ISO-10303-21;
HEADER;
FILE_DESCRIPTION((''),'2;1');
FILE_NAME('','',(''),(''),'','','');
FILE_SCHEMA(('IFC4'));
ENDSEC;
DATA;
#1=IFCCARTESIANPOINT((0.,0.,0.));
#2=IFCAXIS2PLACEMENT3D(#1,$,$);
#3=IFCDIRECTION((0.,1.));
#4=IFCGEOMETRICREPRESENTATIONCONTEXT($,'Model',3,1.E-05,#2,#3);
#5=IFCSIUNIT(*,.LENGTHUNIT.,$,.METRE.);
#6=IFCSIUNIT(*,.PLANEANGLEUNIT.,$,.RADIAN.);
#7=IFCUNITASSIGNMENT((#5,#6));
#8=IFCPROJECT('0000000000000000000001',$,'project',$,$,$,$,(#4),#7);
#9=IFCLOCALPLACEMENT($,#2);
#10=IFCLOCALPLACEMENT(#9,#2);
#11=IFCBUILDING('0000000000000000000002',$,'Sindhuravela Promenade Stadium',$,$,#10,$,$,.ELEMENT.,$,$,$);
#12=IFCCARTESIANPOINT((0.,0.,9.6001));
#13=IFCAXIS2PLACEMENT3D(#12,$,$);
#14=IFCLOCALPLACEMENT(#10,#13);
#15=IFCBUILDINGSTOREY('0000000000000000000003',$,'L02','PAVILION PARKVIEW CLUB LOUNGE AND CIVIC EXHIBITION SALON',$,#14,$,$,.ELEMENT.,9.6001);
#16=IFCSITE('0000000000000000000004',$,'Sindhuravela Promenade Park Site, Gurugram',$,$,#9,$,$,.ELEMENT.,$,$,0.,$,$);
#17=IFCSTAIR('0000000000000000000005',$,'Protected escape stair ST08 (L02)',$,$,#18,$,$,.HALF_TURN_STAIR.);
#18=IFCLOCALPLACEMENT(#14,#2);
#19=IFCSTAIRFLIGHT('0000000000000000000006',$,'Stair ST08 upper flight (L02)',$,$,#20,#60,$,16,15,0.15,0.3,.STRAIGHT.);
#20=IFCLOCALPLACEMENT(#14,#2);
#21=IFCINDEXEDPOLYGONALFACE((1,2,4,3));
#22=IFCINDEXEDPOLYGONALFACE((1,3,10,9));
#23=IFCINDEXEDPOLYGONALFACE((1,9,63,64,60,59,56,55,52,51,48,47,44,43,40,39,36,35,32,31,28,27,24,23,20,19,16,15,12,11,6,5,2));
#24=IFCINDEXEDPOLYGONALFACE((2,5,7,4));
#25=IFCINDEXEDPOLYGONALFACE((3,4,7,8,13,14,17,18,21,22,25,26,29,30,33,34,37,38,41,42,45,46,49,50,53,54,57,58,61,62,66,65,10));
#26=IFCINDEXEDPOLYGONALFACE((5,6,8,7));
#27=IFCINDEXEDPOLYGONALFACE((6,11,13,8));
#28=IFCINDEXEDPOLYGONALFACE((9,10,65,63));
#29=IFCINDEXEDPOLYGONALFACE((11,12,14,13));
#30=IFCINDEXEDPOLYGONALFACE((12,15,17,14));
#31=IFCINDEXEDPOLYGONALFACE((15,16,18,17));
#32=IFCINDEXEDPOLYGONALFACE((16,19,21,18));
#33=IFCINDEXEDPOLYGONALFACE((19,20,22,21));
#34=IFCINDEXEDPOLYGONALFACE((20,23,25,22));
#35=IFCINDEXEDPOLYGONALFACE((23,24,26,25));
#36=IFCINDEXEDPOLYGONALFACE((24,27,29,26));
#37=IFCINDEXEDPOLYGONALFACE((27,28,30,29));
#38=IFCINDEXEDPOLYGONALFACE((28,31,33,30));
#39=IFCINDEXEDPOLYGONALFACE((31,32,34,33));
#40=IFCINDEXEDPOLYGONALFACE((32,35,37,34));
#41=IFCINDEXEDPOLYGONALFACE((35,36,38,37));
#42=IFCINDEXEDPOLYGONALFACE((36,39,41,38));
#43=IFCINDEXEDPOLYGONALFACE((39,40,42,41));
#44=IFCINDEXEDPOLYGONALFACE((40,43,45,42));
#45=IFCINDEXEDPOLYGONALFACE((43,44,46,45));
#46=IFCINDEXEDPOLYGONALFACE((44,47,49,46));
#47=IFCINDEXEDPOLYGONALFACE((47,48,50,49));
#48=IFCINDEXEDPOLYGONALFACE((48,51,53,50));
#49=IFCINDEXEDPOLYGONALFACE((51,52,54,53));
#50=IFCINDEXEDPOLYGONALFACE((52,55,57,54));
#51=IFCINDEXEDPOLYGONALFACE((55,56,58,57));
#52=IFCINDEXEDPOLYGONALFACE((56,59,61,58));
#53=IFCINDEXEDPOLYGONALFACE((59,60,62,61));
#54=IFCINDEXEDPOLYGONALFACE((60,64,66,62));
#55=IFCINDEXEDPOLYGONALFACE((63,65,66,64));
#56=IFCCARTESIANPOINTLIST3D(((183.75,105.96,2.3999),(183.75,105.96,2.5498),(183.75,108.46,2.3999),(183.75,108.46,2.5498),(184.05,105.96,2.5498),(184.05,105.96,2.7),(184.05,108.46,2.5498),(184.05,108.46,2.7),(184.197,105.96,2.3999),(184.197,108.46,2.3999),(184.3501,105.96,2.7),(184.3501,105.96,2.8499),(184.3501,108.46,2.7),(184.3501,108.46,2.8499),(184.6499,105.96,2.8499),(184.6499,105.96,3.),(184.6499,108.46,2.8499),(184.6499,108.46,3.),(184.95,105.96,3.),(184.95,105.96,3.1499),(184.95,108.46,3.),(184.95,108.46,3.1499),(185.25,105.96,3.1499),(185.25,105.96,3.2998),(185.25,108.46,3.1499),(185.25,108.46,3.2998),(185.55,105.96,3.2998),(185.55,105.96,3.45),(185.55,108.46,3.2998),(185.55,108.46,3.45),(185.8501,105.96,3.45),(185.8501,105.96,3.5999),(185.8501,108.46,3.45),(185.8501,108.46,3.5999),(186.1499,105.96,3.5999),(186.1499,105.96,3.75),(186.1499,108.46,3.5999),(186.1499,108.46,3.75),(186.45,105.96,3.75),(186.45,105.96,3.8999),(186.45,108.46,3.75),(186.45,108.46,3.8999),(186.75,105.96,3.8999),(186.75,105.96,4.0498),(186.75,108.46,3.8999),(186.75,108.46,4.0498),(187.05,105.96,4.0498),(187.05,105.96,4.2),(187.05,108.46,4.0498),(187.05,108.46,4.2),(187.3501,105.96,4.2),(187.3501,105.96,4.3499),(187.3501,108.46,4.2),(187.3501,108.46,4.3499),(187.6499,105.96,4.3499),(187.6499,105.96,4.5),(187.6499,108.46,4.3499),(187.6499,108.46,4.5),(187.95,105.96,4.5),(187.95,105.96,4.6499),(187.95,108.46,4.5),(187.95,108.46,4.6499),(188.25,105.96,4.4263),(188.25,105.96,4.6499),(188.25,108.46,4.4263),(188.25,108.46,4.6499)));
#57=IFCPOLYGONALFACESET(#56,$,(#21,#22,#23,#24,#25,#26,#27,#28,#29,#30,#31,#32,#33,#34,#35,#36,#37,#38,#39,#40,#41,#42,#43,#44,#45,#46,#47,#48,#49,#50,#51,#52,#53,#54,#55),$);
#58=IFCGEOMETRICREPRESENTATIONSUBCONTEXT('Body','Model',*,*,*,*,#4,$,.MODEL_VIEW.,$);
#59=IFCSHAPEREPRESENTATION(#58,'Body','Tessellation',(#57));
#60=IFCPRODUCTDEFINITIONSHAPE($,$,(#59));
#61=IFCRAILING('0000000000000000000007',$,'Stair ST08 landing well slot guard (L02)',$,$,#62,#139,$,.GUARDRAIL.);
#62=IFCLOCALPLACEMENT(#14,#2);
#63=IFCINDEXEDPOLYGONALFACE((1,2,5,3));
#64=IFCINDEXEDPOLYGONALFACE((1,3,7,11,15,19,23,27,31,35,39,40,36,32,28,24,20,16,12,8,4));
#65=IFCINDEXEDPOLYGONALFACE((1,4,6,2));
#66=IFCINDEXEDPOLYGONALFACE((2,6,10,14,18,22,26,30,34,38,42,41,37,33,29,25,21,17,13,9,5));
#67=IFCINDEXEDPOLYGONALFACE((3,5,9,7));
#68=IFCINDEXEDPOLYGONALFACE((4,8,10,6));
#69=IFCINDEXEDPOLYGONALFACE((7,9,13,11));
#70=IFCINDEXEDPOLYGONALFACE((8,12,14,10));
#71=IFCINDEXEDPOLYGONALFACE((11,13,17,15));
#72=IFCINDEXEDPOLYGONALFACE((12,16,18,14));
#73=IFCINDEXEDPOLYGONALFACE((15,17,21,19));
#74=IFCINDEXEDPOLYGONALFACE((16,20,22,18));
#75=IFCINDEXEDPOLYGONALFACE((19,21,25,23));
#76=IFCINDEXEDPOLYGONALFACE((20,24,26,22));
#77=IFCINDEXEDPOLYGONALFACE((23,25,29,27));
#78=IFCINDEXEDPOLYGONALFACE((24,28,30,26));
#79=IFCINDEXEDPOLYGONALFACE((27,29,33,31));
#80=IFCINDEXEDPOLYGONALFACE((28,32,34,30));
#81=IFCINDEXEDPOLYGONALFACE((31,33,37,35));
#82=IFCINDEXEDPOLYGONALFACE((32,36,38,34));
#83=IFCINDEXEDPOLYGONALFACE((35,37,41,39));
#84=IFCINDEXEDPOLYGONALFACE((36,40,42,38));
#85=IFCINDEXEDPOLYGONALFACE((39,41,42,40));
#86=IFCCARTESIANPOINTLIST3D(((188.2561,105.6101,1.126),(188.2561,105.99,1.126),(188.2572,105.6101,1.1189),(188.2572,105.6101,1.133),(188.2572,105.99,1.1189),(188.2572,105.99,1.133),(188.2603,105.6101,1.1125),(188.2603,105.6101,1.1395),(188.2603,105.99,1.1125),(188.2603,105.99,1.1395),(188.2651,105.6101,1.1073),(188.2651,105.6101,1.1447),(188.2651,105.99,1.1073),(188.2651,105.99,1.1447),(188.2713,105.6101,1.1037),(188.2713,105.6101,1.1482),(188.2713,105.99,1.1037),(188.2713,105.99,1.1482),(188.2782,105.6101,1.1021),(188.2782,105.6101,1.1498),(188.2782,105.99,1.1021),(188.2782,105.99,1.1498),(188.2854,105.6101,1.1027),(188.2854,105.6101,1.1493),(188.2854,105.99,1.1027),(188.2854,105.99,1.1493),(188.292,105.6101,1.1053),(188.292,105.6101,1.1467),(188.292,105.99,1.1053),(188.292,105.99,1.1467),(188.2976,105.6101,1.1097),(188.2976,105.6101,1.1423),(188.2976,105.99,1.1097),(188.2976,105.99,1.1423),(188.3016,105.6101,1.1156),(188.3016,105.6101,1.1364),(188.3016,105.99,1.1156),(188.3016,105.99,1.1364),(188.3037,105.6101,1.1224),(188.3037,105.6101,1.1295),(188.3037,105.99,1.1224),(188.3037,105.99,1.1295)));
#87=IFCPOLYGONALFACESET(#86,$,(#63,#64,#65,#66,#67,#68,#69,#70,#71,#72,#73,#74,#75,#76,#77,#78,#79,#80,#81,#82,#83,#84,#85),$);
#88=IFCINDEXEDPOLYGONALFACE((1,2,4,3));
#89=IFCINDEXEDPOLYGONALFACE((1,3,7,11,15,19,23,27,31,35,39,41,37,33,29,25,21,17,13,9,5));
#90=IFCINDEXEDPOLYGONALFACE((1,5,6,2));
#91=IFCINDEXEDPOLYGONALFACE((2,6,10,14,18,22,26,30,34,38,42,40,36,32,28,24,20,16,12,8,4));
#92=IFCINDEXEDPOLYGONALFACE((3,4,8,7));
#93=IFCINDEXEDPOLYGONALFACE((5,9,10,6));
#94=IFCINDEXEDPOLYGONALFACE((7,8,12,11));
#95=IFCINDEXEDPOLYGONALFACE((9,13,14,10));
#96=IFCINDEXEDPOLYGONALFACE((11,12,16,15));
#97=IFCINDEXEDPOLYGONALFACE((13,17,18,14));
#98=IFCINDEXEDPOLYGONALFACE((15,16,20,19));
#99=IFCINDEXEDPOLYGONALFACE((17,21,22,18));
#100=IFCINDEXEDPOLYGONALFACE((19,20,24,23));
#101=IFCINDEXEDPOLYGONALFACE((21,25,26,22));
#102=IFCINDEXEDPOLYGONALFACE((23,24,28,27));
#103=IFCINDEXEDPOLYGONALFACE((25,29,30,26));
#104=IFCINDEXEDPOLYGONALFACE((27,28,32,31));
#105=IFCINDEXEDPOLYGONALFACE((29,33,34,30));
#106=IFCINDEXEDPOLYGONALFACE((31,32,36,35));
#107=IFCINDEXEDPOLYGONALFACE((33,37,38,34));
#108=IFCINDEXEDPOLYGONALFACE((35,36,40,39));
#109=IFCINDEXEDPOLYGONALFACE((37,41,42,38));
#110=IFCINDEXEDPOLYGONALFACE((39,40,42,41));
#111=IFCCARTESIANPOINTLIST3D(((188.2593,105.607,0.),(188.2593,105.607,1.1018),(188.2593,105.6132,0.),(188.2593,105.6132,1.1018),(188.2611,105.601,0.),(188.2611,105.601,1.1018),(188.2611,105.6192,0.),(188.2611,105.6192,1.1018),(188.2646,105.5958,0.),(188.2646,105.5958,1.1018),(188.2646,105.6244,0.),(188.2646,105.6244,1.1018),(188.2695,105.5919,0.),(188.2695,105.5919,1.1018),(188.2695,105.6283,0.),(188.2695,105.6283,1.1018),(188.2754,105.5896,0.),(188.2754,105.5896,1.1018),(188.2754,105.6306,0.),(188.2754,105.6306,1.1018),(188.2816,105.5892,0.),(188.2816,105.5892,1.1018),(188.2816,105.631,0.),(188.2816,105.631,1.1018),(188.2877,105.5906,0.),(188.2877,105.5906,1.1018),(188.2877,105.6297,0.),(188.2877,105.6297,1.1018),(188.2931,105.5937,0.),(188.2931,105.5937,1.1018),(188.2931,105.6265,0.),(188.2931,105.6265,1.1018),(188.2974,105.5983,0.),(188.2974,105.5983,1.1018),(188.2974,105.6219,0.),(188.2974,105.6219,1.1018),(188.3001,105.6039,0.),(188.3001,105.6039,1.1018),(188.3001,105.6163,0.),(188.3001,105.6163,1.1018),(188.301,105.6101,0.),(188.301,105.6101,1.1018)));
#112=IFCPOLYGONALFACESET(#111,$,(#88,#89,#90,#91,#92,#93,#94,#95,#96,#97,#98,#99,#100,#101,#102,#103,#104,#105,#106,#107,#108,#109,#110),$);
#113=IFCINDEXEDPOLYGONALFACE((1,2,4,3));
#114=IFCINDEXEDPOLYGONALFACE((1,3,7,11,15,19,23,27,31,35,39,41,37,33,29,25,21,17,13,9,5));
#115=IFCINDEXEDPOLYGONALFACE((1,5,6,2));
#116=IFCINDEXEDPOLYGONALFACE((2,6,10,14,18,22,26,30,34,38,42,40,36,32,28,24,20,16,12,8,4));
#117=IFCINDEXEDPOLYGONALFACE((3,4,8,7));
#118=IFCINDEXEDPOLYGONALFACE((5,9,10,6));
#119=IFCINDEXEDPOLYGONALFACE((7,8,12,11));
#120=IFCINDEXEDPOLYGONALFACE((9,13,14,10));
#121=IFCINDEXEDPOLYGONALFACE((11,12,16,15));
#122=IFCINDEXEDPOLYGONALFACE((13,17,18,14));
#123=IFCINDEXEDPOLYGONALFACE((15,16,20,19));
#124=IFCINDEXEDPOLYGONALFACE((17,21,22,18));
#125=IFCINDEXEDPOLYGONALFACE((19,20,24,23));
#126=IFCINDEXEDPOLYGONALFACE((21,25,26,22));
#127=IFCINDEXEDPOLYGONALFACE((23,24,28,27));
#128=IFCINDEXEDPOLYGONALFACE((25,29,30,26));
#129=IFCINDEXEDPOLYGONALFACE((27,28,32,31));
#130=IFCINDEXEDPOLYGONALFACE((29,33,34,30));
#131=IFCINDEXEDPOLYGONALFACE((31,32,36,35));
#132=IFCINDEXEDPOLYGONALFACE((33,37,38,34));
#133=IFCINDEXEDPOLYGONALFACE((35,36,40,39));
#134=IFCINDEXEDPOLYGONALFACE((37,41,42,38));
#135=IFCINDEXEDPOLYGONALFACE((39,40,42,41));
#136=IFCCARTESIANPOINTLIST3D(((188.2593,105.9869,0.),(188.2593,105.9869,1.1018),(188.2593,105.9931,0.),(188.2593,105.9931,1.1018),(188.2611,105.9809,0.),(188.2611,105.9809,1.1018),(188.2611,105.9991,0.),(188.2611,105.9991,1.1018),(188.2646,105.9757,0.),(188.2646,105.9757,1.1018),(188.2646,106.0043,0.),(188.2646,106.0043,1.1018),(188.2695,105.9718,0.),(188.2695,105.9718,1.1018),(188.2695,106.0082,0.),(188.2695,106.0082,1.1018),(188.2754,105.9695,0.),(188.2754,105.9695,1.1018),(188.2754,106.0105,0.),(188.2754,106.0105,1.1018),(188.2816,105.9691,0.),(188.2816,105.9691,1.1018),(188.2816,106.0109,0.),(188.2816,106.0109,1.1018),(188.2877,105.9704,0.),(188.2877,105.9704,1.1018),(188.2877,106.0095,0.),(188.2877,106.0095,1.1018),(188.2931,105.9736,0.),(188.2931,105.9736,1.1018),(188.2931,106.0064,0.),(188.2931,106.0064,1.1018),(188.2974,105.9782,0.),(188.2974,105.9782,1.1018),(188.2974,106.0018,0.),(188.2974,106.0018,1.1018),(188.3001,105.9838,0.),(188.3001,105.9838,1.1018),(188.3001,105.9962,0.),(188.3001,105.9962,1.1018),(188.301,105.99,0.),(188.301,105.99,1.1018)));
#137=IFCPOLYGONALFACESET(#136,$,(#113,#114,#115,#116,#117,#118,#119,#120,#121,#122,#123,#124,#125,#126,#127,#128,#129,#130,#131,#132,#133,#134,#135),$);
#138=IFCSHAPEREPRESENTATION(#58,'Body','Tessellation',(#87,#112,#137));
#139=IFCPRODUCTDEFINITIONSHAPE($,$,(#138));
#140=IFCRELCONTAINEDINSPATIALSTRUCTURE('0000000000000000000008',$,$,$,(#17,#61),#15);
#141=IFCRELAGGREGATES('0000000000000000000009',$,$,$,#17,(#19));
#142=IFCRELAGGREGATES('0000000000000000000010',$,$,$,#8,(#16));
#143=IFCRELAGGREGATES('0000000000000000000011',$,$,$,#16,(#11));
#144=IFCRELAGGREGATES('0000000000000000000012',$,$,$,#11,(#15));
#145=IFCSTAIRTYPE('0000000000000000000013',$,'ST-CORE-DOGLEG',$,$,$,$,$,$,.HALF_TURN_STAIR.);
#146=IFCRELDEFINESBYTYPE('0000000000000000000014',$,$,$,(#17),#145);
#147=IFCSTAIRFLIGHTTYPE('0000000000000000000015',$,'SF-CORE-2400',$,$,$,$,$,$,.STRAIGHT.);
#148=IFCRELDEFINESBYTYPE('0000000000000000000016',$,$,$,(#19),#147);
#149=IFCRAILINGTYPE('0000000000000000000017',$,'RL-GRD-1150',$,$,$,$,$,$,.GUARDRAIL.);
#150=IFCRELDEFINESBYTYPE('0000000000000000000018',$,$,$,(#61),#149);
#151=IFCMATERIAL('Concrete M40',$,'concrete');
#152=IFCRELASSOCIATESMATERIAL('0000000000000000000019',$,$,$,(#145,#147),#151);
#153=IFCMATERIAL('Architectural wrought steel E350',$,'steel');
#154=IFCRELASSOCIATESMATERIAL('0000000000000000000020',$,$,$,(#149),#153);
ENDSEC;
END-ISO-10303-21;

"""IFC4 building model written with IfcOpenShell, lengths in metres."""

from ifc_helpers import new_model, si_unit, direction, frame, origin, origin_2d, place, context, subcontext, project, spatial, polyline, circle, outline, extrude, material, type_object, element, aggregate, save


model = new_model("IFC4")

# Units and contexts
model_context = context("Model", 3, precision=1e-05, world=origin(), true_north=direction((0.0, 1.0)))
body_context = subcontext(model_context, "Body", "Model", "MODEL_VIEW")
ifc_project = project(units=[si_unit("LENGTHUNIT", "METRE"), si_unit("PLANEANGLEUNIT", "RADIAN")], contexts=[model_context])

# Site, building, storey
site_placement = place(None, origin())
site = spatial("IfcSite", under=ifc_project, at=site_placement, Name="Sindhuravela Promenade Park Site, Gurugram", CompositionType="ELEMENT", RefElevation=0.0)
building_placement = place(site_placement, origin())
building = spatial("IfcBuilding", under=site, at=building_placement, Name="Sindhuravela Promenade Stadium", CompositionType="ELEMENT")
storey_placement = place(building_placement, frame((0.0, 0.0, 9.6001)))
storey = spatial("IfcBuildingStorey", under=building, at=storey_placement, Name="L02", Description="PAVILION PARKVIEW CLUB LOUNGE AND CIVIC EXHIBITION SALON", CompositionType="ELEMENT", Elevation=9.6001)

# Shared definitions
ifc_material_1 = material(Name="Concrete M40", Category="concrete")

# Shared definitions
ifc_material_2 = material(Name="Architectural wrought steel E350", Category="steel")

# Stair, stair flight
stair_type = type_object("IfcStairType", Name="ST-CORE-DOGLEG", PredefinedType="HALF_TURN_STAIR", material=ifc_material_1)
stair_placement = place(storey_placement, origin())
stair = element("IfcStair", 1, at=stair_placement, inside=storey, type_object=stair_type, Name="Protected escape stair ST08 (L02)", PredefinedType="HALF_TURN_STAIR")
stair_flight_type = type_object("IfcStairFlightType", Name="SF-CORE-2400", PredefinedType="STRAIGHT", material=ifc_material_1)
stair_flight_1_placement = place(storey_placement, frame((183.75, 107.21, 2.3999), z_axis=(0.0, 0.0, 1.0), x_axis=(1.0, 0.0, 0.0)))
stair_flight_1 = element("IfcStairFlight", 2, at=stair_flight_1_placement, type_object=stair_flight_type, Name="Stair ST08 upper flight (L02)", NumberOfRisers=16, NumberOfTreads=15, PredefinedType="STRAIGHT", RiserHeight=0.15, TreadLength=0.3, context=body_context, shape_type="SweptSolid", body=[
    extrude(outline(polyline([(0.0, 0.0), (0.0, 0.1499), (0.3, 0.1499), (0.3, 0.3), (0.6001, 0.3), (0.6001, 0.45), (0.8999, 0.45), (0.8999, 0.6001), (1.2, 0.6001), (1.2, 0.75), (1.5, 0.75), (1.5, 0.8999), (1.8, 0.8999), (1.8, 1.05), (2.1001, 1.05), (2.1001, 1.2), (2.3999, 1.2), (2.3999, 1.3501), (2.7, 1.3501), (2.7, 1.5), (3.0, 1.5), (3.0, 1.6499), (3.3, 1.6499), (3.3, 1.8), (3.6001, 1.8), (3.6001, 1.95), (3.8999, 1.95), (3.8999, 2.1001), (4.2, 2.1001), (4.2, 2.25), (4.5, 2.25), (4.5, 2.3999), (4.5, 2.0264), (0.447, 0.0), (0.0, 0.0)])), frame((0.0, 1.25, 0.0), z_axis=(0.0, -1.0, 0.0), x_axis=(1.0, 0.0, 0.0)), (0.0, 0.0, 1.0), 2.5),
])
aggregate(stair, [stair_flight_1])

# Railing
railing_type_1 = type_object("IfcRailingType", Name="RL-GRD-1150", PredefinedType="GUARDRAIL", material=ifc_material_2)
railing_1_placement = place(storey_placement, frame((188.28, 105.6101, 0.0)))
element("IfcRailing", 3, at=railing_1_placement, inside=storey, type_object=railing_type_1, Name="Stair ST08 landing well slot guard (L02)", PredefinedType="GUARDRAIL", context=body_context, shape_type="SweptSolid", body=[
    extrude(circle(Radius=0.0239, at=origin_2d()), frame((0.0, 0.0, 1.126), z_axis=(0.0, 1.0, 0.0), x_axis=(-1.0, 0.0, 0.0)), (0.0, 0.0, 1.0), 0.3799),
    extrude(circle(Radius=0.021, at=origin_2d()), origin(), (0.0, 0.0, 1.0), 1.1018),
    extrude(circle(Radius=0.021, at=origin_2d()), frame((0.0, 0.3799, 0.0)), (0.0, 0.0, 1.0), 1.1018),
])

save(model, "model.ifc")
